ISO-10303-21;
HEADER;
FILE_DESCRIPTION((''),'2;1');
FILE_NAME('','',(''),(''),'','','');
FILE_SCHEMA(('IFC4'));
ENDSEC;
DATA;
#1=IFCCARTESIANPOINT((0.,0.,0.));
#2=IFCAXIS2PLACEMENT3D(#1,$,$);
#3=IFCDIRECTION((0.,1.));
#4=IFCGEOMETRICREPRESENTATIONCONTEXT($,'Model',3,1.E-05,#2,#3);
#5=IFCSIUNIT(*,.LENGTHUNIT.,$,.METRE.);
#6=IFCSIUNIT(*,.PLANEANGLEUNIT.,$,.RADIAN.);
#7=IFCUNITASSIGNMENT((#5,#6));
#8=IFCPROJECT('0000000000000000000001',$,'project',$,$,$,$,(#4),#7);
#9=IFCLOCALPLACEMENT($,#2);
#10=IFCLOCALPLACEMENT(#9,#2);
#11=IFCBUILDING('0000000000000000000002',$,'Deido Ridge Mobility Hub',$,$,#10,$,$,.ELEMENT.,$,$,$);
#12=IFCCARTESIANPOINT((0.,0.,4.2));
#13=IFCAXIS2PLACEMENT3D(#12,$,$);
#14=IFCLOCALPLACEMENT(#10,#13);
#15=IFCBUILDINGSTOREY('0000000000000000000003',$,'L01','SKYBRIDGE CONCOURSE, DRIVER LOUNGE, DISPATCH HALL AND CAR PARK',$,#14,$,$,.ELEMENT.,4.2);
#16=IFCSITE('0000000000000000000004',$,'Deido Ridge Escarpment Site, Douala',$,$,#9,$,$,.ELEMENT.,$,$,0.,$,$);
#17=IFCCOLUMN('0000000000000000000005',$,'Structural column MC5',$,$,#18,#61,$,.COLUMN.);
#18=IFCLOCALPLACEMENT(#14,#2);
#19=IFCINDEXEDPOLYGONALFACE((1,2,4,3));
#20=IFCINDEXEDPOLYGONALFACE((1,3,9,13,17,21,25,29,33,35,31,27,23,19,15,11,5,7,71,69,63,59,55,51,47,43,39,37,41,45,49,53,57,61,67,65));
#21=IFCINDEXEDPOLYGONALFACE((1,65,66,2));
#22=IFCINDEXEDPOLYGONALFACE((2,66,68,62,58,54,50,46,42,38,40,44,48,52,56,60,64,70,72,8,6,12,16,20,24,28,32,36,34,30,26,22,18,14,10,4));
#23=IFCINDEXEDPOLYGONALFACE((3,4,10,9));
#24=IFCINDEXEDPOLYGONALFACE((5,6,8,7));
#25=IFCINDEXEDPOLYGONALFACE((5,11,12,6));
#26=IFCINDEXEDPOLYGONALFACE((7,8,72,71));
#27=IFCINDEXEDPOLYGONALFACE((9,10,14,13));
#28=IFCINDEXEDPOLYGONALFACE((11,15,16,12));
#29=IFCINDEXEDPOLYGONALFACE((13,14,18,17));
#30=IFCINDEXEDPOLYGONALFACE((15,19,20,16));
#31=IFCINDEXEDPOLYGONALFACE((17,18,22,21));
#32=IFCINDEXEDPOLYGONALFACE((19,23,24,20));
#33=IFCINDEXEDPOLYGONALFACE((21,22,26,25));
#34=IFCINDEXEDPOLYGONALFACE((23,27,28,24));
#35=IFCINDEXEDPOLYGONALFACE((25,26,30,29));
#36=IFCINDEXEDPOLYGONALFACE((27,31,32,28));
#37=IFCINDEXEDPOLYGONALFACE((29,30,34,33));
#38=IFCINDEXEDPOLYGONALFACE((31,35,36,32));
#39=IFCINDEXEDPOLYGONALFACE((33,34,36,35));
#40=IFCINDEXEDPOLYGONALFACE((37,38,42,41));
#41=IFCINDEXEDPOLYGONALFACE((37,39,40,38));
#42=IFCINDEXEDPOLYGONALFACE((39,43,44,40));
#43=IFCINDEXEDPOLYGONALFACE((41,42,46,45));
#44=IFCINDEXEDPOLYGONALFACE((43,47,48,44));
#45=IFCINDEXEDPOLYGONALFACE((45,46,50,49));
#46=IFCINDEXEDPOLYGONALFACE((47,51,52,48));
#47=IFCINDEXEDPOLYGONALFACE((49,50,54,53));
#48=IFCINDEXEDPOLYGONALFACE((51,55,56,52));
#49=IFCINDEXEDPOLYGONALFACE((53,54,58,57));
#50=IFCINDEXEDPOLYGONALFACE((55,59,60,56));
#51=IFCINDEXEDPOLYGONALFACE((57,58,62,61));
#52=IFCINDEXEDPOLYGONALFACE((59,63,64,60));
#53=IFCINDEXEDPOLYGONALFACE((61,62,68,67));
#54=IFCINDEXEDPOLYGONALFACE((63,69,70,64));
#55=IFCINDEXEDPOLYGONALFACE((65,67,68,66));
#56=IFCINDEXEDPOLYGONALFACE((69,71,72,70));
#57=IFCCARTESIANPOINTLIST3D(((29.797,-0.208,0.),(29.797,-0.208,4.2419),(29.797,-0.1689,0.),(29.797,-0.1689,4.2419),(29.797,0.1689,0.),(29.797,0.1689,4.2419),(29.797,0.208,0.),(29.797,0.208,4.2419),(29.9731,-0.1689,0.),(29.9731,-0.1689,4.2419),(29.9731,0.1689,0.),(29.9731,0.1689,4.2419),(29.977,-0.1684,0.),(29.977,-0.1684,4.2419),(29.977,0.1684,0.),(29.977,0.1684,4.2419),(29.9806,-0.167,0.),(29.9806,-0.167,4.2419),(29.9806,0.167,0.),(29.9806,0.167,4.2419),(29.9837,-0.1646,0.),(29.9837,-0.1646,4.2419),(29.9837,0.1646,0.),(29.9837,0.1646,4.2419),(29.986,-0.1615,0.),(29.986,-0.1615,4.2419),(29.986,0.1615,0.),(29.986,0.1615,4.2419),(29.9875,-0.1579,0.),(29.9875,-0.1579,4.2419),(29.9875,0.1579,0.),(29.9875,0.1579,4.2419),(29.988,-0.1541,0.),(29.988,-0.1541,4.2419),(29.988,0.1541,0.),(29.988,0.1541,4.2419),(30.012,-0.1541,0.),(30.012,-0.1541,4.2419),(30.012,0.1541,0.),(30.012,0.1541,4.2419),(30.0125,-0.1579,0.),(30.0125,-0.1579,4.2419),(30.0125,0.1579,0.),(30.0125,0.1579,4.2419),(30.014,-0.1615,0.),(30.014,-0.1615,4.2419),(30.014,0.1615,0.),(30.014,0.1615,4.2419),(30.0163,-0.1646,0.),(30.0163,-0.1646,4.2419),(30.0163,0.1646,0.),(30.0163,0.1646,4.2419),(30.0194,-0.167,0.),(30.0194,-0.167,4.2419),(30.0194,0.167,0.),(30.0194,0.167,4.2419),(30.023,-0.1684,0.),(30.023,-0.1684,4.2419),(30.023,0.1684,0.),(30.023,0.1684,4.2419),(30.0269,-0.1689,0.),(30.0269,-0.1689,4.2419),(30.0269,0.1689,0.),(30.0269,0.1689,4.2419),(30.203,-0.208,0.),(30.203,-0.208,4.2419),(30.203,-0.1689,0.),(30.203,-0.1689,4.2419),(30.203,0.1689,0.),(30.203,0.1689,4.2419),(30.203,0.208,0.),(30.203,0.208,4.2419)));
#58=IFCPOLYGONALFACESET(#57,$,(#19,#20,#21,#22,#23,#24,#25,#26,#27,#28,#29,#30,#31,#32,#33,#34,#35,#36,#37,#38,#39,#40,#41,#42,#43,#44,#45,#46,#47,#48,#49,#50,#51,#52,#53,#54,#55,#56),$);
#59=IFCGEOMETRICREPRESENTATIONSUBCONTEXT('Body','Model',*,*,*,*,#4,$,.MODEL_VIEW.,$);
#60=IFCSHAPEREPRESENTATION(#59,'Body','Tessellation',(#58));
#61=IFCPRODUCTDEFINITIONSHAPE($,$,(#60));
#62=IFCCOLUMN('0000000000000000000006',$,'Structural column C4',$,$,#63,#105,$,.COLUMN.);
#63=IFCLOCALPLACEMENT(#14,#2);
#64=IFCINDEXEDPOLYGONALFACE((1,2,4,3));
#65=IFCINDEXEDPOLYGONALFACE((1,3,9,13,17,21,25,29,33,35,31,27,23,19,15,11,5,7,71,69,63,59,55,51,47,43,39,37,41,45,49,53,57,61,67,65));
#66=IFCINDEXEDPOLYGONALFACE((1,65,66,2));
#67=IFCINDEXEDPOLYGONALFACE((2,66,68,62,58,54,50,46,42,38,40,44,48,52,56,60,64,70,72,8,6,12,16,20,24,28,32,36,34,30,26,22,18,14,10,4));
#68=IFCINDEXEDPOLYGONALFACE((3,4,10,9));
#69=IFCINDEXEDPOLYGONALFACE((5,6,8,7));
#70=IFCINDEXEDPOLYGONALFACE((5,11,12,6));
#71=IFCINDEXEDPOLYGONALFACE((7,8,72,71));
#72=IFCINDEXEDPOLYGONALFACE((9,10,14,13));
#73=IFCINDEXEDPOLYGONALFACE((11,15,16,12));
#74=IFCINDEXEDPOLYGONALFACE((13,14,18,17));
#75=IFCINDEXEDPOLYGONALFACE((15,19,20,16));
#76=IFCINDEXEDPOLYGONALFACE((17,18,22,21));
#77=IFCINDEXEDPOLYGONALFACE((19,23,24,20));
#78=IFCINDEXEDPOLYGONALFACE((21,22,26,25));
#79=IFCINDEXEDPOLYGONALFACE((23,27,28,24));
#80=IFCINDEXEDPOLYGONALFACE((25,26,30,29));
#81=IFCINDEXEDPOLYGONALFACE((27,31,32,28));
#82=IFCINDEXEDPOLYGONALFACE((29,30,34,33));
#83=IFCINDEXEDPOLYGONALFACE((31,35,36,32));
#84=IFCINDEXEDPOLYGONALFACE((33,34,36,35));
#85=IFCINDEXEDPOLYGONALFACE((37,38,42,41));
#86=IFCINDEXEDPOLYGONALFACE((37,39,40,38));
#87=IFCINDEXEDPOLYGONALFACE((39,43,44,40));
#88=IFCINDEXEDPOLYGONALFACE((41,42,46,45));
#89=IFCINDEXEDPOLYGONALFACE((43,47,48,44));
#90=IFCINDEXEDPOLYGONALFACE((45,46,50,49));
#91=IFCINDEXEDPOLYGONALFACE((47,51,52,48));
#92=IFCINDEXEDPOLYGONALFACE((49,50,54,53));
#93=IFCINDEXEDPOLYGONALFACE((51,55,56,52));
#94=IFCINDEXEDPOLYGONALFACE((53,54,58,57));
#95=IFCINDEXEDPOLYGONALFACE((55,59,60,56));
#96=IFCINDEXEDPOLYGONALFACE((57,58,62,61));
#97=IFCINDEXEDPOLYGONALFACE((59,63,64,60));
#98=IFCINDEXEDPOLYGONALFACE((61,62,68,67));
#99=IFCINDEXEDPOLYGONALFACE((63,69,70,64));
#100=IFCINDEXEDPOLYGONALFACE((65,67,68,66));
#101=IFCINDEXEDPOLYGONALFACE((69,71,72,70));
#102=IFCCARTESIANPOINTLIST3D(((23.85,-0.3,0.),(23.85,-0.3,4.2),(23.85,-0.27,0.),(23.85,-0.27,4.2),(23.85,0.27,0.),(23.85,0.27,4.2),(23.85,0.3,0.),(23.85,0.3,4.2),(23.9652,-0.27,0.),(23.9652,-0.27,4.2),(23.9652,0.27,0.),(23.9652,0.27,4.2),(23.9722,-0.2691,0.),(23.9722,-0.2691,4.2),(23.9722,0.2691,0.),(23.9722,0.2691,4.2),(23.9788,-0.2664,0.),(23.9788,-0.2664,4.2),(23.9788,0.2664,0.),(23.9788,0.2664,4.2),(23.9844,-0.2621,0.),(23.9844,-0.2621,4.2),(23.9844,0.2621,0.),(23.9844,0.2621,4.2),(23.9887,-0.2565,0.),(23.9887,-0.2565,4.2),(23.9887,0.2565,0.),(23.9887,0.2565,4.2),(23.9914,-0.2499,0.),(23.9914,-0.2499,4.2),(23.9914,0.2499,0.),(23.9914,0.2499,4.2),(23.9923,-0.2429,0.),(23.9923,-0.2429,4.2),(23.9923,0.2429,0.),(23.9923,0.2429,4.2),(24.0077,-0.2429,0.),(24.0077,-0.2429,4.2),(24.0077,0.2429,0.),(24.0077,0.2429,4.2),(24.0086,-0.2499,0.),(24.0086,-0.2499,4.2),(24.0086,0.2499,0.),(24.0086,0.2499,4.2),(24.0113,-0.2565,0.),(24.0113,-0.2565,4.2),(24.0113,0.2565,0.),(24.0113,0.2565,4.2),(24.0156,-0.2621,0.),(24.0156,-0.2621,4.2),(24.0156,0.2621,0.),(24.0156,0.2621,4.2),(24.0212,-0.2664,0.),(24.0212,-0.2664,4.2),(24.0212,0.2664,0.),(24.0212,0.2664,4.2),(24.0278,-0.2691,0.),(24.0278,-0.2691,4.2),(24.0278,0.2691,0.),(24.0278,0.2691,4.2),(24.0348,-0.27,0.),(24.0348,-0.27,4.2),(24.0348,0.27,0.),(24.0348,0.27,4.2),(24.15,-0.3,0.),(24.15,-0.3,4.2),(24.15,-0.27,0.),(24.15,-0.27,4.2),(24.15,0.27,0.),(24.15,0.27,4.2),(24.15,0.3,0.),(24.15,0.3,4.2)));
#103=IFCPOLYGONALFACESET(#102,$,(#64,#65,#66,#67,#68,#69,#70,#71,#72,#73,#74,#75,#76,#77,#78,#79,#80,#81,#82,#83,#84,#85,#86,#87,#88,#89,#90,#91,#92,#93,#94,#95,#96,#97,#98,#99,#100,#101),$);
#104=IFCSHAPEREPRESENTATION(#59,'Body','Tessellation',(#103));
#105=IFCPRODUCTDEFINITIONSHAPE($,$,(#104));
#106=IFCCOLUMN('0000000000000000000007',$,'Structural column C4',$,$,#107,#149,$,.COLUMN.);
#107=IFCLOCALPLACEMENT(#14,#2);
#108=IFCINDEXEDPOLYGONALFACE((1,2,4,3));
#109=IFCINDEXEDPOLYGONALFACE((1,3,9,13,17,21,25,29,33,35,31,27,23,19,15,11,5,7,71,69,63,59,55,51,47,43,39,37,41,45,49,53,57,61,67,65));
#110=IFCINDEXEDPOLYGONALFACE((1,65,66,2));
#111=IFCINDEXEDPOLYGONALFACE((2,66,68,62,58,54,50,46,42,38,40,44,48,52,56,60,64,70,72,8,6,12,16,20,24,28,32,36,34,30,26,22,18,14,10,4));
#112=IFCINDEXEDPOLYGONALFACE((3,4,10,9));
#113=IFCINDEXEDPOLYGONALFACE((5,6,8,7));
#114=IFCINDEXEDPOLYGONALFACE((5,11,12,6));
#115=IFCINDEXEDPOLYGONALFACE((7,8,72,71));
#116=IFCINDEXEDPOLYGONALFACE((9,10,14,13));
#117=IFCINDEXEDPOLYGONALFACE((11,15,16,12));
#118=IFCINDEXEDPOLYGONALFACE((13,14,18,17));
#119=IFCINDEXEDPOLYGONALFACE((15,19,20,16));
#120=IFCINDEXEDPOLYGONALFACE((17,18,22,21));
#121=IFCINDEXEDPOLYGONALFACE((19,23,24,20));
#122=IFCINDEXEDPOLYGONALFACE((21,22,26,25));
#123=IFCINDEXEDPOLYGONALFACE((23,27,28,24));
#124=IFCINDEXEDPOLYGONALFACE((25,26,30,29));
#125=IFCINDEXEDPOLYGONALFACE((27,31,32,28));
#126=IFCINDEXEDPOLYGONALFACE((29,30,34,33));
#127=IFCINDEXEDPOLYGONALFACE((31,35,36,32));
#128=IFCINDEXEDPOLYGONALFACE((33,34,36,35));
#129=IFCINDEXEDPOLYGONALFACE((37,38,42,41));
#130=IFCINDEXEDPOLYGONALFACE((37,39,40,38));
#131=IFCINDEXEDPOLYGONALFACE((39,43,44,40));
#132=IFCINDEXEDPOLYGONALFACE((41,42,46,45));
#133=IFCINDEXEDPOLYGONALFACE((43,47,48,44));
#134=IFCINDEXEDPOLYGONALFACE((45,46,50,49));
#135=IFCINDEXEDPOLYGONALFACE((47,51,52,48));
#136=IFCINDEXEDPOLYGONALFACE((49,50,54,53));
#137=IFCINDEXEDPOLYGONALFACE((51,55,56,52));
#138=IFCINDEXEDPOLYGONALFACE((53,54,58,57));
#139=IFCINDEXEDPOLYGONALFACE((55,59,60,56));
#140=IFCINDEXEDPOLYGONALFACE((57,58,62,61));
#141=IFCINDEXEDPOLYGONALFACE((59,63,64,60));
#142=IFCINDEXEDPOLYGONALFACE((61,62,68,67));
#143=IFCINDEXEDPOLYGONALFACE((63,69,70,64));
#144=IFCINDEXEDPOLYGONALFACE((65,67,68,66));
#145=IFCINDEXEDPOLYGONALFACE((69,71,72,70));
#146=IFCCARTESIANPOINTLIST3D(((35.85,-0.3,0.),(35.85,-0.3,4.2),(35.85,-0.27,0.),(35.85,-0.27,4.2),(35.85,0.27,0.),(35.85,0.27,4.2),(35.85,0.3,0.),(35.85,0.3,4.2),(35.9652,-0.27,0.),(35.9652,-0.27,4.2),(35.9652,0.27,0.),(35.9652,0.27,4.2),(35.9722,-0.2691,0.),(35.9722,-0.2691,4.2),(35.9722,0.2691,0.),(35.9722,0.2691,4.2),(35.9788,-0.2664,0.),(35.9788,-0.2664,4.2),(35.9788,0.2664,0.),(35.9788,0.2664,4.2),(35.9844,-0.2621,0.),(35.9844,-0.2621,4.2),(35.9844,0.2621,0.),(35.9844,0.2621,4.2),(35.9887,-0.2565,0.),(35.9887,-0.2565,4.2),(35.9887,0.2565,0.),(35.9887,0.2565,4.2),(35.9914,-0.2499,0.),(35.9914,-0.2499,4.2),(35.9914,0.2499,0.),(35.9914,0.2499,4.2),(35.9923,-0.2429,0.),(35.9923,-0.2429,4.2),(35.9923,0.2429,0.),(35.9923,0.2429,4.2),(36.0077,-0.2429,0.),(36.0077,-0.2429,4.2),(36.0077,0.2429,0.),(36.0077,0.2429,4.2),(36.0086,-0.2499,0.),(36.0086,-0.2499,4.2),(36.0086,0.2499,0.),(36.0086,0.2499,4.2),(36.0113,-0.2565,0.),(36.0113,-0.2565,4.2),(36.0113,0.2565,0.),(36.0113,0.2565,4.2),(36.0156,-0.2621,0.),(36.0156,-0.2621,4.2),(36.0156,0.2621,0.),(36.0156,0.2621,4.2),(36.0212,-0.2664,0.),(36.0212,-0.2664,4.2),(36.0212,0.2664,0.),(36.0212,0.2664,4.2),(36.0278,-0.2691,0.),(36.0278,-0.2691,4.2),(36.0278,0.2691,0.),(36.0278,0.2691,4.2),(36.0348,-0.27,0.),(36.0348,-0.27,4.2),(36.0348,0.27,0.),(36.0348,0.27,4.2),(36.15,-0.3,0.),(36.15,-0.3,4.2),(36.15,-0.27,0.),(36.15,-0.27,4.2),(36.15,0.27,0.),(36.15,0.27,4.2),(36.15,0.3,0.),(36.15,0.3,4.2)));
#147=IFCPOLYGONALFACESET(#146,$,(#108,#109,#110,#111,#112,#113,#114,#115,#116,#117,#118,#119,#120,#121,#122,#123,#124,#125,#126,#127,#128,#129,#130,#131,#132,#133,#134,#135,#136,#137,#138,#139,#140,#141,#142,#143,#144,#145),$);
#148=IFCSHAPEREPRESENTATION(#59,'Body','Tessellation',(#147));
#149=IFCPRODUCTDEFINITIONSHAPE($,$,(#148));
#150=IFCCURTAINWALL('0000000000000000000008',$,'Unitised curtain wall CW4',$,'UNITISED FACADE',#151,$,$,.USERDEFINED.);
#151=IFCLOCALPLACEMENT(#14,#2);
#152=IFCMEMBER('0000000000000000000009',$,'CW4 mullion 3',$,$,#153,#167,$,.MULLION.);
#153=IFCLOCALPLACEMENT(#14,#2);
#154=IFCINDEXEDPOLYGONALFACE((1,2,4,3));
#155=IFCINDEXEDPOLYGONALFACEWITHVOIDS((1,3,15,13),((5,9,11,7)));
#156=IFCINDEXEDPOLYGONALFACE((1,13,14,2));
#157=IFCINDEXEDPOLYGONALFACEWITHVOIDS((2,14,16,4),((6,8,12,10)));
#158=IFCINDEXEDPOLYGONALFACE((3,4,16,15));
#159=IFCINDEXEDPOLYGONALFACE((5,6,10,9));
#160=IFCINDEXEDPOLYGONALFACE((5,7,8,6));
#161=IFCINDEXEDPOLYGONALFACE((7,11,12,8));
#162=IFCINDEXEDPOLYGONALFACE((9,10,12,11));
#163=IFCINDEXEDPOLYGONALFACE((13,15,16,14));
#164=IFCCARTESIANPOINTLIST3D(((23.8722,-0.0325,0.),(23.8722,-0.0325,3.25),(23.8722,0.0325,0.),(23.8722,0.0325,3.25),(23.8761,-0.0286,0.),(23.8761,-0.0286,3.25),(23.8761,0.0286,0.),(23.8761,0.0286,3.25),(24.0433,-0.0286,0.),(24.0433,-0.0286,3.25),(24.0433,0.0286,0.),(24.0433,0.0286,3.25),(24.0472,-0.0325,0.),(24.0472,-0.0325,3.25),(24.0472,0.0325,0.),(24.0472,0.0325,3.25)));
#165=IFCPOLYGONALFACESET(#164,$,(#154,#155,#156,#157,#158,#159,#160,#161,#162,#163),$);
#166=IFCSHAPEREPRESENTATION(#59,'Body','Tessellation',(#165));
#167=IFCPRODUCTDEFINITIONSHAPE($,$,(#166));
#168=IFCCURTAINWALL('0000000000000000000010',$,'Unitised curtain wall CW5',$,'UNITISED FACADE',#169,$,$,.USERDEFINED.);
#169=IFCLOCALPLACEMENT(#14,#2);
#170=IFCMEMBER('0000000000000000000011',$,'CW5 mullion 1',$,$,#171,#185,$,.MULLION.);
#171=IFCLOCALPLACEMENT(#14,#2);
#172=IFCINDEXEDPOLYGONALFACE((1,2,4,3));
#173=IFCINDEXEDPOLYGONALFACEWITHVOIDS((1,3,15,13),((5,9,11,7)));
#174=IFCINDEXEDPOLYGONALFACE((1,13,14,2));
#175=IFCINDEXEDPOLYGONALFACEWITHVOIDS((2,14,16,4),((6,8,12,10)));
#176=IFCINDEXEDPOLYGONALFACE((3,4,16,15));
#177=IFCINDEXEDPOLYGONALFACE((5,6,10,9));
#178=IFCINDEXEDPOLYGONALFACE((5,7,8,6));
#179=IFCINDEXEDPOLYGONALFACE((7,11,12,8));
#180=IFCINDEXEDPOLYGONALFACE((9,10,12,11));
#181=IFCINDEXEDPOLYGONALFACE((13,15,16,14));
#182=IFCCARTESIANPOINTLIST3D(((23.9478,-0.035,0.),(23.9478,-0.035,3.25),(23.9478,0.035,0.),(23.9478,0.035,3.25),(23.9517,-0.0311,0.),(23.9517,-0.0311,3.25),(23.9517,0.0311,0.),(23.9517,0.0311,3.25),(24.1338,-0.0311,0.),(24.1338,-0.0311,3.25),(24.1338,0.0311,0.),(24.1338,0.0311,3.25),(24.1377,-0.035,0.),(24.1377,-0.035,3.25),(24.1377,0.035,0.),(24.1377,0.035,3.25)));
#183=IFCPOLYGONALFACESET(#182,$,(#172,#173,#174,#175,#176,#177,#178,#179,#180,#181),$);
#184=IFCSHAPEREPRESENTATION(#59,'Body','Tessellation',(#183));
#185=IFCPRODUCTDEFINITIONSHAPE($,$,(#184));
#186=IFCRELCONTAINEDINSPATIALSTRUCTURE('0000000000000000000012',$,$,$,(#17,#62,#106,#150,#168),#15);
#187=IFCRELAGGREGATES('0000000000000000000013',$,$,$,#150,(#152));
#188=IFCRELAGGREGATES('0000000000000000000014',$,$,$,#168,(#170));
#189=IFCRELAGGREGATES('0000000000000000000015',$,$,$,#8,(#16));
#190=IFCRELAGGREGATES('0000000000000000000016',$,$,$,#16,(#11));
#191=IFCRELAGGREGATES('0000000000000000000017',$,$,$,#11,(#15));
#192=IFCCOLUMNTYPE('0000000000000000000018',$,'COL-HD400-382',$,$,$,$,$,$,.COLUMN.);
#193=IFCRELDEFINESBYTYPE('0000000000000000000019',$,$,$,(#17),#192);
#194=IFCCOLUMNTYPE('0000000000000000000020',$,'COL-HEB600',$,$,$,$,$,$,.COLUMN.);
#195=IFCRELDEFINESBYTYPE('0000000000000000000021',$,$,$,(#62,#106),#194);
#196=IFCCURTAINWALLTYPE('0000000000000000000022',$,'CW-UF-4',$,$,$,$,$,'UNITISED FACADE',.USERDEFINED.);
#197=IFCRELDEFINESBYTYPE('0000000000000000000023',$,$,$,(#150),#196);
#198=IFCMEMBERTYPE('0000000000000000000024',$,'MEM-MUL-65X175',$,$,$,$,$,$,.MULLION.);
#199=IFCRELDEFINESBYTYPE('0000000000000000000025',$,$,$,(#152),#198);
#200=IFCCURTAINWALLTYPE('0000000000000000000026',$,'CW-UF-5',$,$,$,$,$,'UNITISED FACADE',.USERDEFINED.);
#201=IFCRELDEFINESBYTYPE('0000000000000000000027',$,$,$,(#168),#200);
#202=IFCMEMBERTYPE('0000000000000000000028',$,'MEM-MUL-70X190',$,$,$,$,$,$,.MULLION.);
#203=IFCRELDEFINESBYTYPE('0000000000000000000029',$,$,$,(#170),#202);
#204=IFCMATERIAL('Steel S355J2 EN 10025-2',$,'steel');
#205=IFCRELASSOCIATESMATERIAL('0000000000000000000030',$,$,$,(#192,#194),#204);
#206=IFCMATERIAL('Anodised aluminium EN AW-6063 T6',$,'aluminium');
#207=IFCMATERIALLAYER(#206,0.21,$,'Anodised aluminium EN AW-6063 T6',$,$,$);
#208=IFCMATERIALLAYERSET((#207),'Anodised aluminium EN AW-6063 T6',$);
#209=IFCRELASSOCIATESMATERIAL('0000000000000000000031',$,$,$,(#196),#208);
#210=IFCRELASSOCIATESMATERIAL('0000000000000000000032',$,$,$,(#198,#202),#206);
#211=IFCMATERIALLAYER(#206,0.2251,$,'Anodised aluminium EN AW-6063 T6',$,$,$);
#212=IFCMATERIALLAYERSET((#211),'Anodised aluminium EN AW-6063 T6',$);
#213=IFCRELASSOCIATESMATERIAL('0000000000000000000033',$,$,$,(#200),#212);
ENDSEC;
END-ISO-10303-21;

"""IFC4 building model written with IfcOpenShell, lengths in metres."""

from ifc_helpers import new_model, si_unit, direction, frame, origin, origin_2d, place, context, subcontext, project, spatial, hollow_rectangle, i_section, extrude, material, layer, layer_set, material_profile, profile_set, type_object, element, aggregate, save


model = new_model("IFC4")

# Units and contexts
model_context = context("Model", 3, precision=1e-05, world=origin(), true_north=direction((0.0, 1.0)))
body_context = subcontext(model_context, "Body", "Model", "MODEL_VIEW")
ifc_project = project(units=[si_unit("LENGTHUNIT", "METRE"), si_unit("PLANEANGLEUNIT", "RADIAN")], contexts=[model_context])

# Site, building, storey
site_placement = place(None, origin())
site = spatial("IfcSite", under=ifc_project, at=site_placement, Name="Deido Ridge Escarpment Site, Douala", CompositionType="ELEMENT", RefElevation=0.0)
building_placement = place(site_placement, origin())
building = spatial("IfcBuilding", under=site, at=building_placement, Name="Deido Ridge Mobility Hub", CompositionType="ELEMENT")
storey_placement = place(building_placement, frame((0.0, 0.0, 4.2)))
storey = spatial("IfcBuildingStorey", under=building, at=storey_placement, Name="L01", Description="SKYBRIDGE CONCOURSE, DRIVER LOUNGE, DISPATCH HALL AND CAR PARK", CompositionType="ELEMENT", Elevation=4.2)

# Columns
ifc_material_1 = material(Name="Steel S355J2 EN 10025-2", Category="steel")
ifc_material_profile_1 = material_profile(ifc_material_1, i_section(OverallWidth=0.406, OverallDepth=0.416, WebThickness=0.0239, FlangeThickness=0.0391, FilletRadius=0.0149, at=origin_2d()), Name="HD 400x382")
ifc_profile_set_1 = profile_set([ifc_material_profile_1], Name="Steel S355J2 EN 10025-2")
column_type_1 = type_object("IfcColumnType", Name="COL-HD400-382", PredefinedType="COLUMN", material=ifc_profile_set_1)
column_placement = place(storey_placement, frame((30.0, 0.0, 0.0), z_axis=(0.0, 0.0, 1.0), x_axis=(1.0, 0.0, 0.0)))
element("IfcColumn", 1, at=column_placement, inside=storey, type_object=column_type_1, Name="Structural column MC5", PredefinedType="COLUMN", context=body_context, shape_type="SweptSolid", body=[
    extrude(i_section(OverallWidth=0.406, OverallDepth=0.416, WebThickness=0.0239, FlangeThickness=0.0391, FilletRadius=0.0149, at=origin_2d()), origin(), (0.0, 0.0, 1.0), 4.2419),
])
ifc_material_profile_2 = material_profile(ifc_material_1, i_section(OverallWidth=0.3, OverallDepth=0.6001, WebThickness=0.0154, FlangeThickness=0.03, FilletRadius=0.0271, at=origin_2d()), Name="HEB 600")
ifc_profile_set_2 = profile_set([ifc_material_profile_2], Name="Steel S355J2 EN 10025-2")
column_type_2 = type_object("IfcColumnType", Name="COL-HEB600", PredefinedType="COLUMN", material=ifc_profile_set_2)
for number, where, z_axis, x_axis, name in (
    (2, (24.0, 0.0, 0.0), (0.0, 0.0, 1.0), (1.0, 0.0, 0.0), "Structural column C4"),
    (3, (36.0, 0.0, 0.0), (0.0, 0.0, 1.0), (1.0, 0.0, 0.0), "Structural column C4"),
):
    element("IfcColumn", number, at=place(storey_placement, frame(where, z_axis=z_axis, x_axis=x_axis)), inside=storey, type_object=column_type_2, Name=name, PredefinedType="COLUMN", context=body_context, shape_type="SweptSolid", body=[
        extrude(i_section(OverallWidth=0.3, OverallDepth=0.6001, WebThickness=0.0154, FlangeThickness=0.03, FilletRadius=0.0271, at=origin_2d()), origin(), (0.0, 0.0, 1.0), 4.2),
    ])

# Curtain wall, member
ifc_material_2 = material(Name="Anodised aluminium EN AW-6063 T6", Category="aluminium")
ifc_layer_1 = layer(ifc_material_2, 0.21, Name="Anodised aluminium EN AW-6063 T6")
ifc_layer_set_1 = layer_set([ifc_layer_1], Name="Anodised aluminium EN AW-6063 T6")
curtain_wall_type_1 = type_object("IfcCurtainWallType", Name="CW-UF-4", ElementType="UNITISED FACADE", PredefinedType="USERDEFINED", material=ifc_layer_set_1)
curtain_wall_1_placement = place(storey_placement, origin())
curtain_wall_1 = element("IfcCurtainWall", 4, at=curtain_wall_1_placement, inside=storey, type_object=curtain_wall_type_1, Name="Unitised curtain wall CW4", ObjectType="UNITISED FACADE", PredefinedType="USERDEFINED")
ifc_material_profile_3 = material_profile(ifc_material_2, hollow_rectangle(XDim=0.0649, YDim=0.175, WallThickness=0.0039, at=origin_2d()), Name="RHS 65x175x4")
ifc_profile_set_3 = profile_set([ifc_material_profile_3], Name="Anodised aluminium EN AW-6063 T6")
member_type_1 = type_object("IfcMemberType", Name="MEM-MUL-65X175", PredefinedType="MULLION", material=ifc_profile_set_3)
member_1_placement = place(storey_placement, frame((23.9597, 0.0, 0.0), z_axis=(0.0, 0.0, 1.0), x_axis=(0.0, 1.0, 0.0)))
member_1 = element("IfcMember", 5, at=member_1_placement, type_object=member_type_1, Name="CW4 mullion 3", PredefinedType="MULLION", context=body_context, shape_type="SweptSolid", body=[
    extrude(hollow_rectangle(XDim=0.0649, YDim=0.175, WallThickness=0.0039, at=origin_2d()), origin(), (0.0, 0.0, 1.0), 3.25),
])

# Curtain wall, member
ifc_layer_2 = layer(ifc_material_2, 0.2251, Name="Anodised aluminium EN AW-6063 T6")
ifc_layer_set_2 = layer_set([ifc_layer_2], Name="Anodised aluminium EN AW-6063 T6")
curtain_wall_type_2 = type_object("IfcCurtainWallType", Name="CW-UF-5", ElementType="UNITISED FACADE", PredefinedType="USERDEFINED", material=ifc_layer_set_2)
curtain_wall_2_placement = place(storey_placement, origin())
curtain_wall_2 = element("IfcCurtainWall", 6, at=curtain_wall_2_placement, inside=storey, type_object=curtain_wall_type_2, Name="Unitised curtain wall CW5", ObjectType="UNITISED FACADE", PredefinedType="USERDEFINED")
ifc_material_profile_4 = material_profile(ifc_material_2, hollow_rectangle(XDim=0.0701, YDim=0.1899, WallThickness=0.0039, at=origin_2d()), Name="RHS 70x190x4")
ifc_profile_set_4 = profile_set([ifc_material_profile_4], Name="Anodised aluminium EN AW-6063 T6")
member_type_2 = type_object("IfcMemberType", Name="MEM-MUL-70X190", PredefinedType="MULLION", material=ifc_profile_set_4)
member_2_placement = place(storey_placement, frame((24.0427, 0.0, 0.0), z_axis=(0.0, 0.0, 1.0), x_axis=(0.0, 1.0, 0.0)))
member_2 = element("IfcMember", 7, at=member_2_placement, type_object=member_type_2, Name="CW5 mullion 1", PredefinedType="MULLION", context=body_context, shape_type="SweptSolid", body=[
    extrude(hollow_rectangle(XDim=0.0701, YDim=0.1899, WallThickness=0.0039, at=origin_2d()), origin(), (0.0, 0.0, 1.0), 3.25),
])

aggregate(curtain_wall_1, [member_1])
aggregate(curtain_wall_2, [member_2])

save(model, "model.ifc")
